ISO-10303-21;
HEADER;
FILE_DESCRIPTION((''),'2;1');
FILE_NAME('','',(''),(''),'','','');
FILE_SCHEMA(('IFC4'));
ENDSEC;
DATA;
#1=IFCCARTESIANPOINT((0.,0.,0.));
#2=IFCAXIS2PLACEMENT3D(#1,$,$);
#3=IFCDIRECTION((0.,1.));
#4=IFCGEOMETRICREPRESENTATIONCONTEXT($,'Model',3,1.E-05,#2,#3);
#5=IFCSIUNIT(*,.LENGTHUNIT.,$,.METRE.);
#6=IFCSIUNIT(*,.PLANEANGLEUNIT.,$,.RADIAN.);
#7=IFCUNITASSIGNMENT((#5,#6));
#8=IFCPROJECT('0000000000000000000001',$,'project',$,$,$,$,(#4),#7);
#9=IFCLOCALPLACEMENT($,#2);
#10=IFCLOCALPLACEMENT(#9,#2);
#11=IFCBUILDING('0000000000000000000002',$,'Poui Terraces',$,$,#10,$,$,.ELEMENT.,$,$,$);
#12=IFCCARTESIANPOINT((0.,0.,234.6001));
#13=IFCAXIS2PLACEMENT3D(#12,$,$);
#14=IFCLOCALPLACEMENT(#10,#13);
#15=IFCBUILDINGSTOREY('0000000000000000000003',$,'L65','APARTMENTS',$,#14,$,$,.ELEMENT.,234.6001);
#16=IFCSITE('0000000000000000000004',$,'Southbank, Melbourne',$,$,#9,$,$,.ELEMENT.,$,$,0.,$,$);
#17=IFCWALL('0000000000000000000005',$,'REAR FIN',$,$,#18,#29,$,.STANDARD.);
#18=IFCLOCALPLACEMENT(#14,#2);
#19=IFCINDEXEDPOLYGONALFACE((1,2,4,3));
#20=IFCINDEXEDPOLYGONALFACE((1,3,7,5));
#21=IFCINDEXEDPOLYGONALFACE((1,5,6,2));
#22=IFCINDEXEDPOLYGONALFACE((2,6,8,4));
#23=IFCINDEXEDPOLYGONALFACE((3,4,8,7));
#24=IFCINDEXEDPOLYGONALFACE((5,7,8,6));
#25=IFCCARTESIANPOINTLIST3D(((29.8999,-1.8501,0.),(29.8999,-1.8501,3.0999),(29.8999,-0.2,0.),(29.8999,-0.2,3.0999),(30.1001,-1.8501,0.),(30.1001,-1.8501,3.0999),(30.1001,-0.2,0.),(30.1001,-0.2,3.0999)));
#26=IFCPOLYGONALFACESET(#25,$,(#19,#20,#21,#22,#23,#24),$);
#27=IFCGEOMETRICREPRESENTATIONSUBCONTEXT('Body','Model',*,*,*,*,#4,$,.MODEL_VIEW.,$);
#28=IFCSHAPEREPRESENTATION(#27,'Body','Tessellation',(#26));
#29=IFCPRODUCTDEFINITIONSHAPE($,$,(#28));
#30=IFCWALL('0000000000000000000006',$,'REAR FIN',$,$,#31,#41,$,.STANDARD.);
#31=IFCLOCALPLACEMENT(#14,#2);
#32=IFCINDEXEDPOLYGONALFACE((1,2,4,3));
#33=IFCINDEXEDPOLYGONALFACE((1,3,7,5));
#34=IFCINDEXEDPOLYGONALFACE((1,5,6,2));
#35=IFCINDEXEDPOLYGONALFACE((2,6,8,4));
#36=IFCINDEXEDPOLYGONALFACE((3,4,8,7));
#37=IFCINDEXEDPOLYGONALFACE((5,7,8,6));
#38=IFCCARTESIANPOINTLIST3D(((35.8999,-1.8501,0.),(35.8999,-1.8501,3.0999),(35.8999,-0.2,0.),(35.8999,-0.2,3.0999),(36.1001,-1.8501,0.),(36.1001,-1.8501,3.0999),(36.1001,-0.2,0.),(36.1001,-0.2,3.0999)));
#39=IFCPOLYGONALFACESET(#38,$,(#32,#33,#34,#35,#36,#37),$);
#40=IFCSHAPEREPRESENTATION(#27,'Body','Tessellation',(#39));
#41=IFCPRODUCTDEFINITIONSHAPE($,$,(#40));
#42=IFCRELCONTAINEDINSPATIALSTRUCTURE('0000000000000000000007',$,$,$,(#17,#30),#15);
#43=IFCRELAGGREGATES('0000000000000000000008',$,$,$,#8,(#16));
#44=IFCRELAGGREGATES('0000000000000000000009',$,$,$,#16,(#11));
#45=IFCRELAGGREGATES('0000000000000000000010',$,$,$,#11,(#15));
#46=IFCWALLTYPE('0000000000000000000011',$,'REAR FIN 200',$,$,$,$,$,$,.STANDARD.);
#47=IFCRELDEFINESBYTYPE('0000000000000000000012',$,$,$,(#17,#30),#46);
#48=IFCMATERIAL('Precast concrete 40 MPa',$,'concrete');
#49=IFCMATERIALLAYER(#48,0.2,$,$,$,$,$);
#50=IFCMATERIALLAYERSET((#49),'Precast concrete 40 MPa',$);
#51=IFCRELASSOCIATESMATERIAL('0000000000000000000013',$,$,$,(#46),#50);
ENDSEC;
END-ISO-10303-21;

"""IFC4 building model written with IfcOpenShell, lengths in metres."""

from ifc_helpers import new_model, si_unit, direction, frame, origin, place, context, subcontext, project, spatial, polyline, outline, extrude, source, transform, mapped, material, layer, layer_set, type_object, element, save


model = new_model("IFC4")

# Units and contexts
model_context = context("Model", 3, precision=1e-05, world=origin(), true_north=direction((0.0, 1.0)))
body_context = subcontext(model_context, "Body", "Model", "MODEL_VIEW")
ifc_project = project(units=[si_unit("LENGTHUNIT", "METRE"), si_unit("PLANEANGLEUNIT", "RADIAN")], contexts=[model_context])

# Site, building, storey
site_placement = place(None, origin())
site = spatial("IfcSite", under=ifc_project, at=site_placement, Name="Southbank, Melbourne", CompositionType="ELEMENT", RefElevation=0.0)
building_placement = place(site_placement, origin())
building = spatial("IfcBuilding", under=site, at=building_placement, Name="Poui Terraces", CompositionType="ELEMENT")
storey_placement = place(building_placement, frame((0.0, 0.0, 234.6001)))
storey = spatial("IfcBuildingStorey", under=building, at=storey_placement, Name="L65", Description="APARTMENTS", CompositionType="ELEMENT", Elevation=234.6001)

# Shared definitions
ifc_material_1 = material(Name="Precast concrete 40 MPa", Category="concrete")

# Walls
ifc_layer_1 = layer(ifc_material_1, 0.2)
ifc_layer_set_1 = layer_set([ifc_layer_1], Name="Precast concrete 40 MPa")
wall_type_1 = type_object("IfcWallType", Name="REAR FIN 200", PredefinedType="STANDARD", material=ifc_layer_set_1)
shared_shape_1 = source(origin(), body_context, "Body", "SweptSolid", [
    extrude(outline(polyline([(0.0, 0.0), (0.2002, 0.0), (0.2002, 1.6501), (0.0, 1.6501), (0.0, 0.0)])), origin(), (0.0, 0.0, 1.0), 3.0999),
])
for number, where, name in (
    (1, (29.8999, -1.8501, 0.0), "REAR FIN"),
    (2, (35.8999, -1.8501, 0.0), "REAR FIN"),
):
    element("IfcWall", number, at=place(storey_placement, frame(where)), inside=storey, type_object=wall_type_1, Name=name, PredefinedType="STANDARD", context=body_context, shape_type="MappedRepresentation", body=[
        mapped(shared_shape_1, transform((0.0, 0.0, 0.0))),
    ])

save(model, "model.ifc")
